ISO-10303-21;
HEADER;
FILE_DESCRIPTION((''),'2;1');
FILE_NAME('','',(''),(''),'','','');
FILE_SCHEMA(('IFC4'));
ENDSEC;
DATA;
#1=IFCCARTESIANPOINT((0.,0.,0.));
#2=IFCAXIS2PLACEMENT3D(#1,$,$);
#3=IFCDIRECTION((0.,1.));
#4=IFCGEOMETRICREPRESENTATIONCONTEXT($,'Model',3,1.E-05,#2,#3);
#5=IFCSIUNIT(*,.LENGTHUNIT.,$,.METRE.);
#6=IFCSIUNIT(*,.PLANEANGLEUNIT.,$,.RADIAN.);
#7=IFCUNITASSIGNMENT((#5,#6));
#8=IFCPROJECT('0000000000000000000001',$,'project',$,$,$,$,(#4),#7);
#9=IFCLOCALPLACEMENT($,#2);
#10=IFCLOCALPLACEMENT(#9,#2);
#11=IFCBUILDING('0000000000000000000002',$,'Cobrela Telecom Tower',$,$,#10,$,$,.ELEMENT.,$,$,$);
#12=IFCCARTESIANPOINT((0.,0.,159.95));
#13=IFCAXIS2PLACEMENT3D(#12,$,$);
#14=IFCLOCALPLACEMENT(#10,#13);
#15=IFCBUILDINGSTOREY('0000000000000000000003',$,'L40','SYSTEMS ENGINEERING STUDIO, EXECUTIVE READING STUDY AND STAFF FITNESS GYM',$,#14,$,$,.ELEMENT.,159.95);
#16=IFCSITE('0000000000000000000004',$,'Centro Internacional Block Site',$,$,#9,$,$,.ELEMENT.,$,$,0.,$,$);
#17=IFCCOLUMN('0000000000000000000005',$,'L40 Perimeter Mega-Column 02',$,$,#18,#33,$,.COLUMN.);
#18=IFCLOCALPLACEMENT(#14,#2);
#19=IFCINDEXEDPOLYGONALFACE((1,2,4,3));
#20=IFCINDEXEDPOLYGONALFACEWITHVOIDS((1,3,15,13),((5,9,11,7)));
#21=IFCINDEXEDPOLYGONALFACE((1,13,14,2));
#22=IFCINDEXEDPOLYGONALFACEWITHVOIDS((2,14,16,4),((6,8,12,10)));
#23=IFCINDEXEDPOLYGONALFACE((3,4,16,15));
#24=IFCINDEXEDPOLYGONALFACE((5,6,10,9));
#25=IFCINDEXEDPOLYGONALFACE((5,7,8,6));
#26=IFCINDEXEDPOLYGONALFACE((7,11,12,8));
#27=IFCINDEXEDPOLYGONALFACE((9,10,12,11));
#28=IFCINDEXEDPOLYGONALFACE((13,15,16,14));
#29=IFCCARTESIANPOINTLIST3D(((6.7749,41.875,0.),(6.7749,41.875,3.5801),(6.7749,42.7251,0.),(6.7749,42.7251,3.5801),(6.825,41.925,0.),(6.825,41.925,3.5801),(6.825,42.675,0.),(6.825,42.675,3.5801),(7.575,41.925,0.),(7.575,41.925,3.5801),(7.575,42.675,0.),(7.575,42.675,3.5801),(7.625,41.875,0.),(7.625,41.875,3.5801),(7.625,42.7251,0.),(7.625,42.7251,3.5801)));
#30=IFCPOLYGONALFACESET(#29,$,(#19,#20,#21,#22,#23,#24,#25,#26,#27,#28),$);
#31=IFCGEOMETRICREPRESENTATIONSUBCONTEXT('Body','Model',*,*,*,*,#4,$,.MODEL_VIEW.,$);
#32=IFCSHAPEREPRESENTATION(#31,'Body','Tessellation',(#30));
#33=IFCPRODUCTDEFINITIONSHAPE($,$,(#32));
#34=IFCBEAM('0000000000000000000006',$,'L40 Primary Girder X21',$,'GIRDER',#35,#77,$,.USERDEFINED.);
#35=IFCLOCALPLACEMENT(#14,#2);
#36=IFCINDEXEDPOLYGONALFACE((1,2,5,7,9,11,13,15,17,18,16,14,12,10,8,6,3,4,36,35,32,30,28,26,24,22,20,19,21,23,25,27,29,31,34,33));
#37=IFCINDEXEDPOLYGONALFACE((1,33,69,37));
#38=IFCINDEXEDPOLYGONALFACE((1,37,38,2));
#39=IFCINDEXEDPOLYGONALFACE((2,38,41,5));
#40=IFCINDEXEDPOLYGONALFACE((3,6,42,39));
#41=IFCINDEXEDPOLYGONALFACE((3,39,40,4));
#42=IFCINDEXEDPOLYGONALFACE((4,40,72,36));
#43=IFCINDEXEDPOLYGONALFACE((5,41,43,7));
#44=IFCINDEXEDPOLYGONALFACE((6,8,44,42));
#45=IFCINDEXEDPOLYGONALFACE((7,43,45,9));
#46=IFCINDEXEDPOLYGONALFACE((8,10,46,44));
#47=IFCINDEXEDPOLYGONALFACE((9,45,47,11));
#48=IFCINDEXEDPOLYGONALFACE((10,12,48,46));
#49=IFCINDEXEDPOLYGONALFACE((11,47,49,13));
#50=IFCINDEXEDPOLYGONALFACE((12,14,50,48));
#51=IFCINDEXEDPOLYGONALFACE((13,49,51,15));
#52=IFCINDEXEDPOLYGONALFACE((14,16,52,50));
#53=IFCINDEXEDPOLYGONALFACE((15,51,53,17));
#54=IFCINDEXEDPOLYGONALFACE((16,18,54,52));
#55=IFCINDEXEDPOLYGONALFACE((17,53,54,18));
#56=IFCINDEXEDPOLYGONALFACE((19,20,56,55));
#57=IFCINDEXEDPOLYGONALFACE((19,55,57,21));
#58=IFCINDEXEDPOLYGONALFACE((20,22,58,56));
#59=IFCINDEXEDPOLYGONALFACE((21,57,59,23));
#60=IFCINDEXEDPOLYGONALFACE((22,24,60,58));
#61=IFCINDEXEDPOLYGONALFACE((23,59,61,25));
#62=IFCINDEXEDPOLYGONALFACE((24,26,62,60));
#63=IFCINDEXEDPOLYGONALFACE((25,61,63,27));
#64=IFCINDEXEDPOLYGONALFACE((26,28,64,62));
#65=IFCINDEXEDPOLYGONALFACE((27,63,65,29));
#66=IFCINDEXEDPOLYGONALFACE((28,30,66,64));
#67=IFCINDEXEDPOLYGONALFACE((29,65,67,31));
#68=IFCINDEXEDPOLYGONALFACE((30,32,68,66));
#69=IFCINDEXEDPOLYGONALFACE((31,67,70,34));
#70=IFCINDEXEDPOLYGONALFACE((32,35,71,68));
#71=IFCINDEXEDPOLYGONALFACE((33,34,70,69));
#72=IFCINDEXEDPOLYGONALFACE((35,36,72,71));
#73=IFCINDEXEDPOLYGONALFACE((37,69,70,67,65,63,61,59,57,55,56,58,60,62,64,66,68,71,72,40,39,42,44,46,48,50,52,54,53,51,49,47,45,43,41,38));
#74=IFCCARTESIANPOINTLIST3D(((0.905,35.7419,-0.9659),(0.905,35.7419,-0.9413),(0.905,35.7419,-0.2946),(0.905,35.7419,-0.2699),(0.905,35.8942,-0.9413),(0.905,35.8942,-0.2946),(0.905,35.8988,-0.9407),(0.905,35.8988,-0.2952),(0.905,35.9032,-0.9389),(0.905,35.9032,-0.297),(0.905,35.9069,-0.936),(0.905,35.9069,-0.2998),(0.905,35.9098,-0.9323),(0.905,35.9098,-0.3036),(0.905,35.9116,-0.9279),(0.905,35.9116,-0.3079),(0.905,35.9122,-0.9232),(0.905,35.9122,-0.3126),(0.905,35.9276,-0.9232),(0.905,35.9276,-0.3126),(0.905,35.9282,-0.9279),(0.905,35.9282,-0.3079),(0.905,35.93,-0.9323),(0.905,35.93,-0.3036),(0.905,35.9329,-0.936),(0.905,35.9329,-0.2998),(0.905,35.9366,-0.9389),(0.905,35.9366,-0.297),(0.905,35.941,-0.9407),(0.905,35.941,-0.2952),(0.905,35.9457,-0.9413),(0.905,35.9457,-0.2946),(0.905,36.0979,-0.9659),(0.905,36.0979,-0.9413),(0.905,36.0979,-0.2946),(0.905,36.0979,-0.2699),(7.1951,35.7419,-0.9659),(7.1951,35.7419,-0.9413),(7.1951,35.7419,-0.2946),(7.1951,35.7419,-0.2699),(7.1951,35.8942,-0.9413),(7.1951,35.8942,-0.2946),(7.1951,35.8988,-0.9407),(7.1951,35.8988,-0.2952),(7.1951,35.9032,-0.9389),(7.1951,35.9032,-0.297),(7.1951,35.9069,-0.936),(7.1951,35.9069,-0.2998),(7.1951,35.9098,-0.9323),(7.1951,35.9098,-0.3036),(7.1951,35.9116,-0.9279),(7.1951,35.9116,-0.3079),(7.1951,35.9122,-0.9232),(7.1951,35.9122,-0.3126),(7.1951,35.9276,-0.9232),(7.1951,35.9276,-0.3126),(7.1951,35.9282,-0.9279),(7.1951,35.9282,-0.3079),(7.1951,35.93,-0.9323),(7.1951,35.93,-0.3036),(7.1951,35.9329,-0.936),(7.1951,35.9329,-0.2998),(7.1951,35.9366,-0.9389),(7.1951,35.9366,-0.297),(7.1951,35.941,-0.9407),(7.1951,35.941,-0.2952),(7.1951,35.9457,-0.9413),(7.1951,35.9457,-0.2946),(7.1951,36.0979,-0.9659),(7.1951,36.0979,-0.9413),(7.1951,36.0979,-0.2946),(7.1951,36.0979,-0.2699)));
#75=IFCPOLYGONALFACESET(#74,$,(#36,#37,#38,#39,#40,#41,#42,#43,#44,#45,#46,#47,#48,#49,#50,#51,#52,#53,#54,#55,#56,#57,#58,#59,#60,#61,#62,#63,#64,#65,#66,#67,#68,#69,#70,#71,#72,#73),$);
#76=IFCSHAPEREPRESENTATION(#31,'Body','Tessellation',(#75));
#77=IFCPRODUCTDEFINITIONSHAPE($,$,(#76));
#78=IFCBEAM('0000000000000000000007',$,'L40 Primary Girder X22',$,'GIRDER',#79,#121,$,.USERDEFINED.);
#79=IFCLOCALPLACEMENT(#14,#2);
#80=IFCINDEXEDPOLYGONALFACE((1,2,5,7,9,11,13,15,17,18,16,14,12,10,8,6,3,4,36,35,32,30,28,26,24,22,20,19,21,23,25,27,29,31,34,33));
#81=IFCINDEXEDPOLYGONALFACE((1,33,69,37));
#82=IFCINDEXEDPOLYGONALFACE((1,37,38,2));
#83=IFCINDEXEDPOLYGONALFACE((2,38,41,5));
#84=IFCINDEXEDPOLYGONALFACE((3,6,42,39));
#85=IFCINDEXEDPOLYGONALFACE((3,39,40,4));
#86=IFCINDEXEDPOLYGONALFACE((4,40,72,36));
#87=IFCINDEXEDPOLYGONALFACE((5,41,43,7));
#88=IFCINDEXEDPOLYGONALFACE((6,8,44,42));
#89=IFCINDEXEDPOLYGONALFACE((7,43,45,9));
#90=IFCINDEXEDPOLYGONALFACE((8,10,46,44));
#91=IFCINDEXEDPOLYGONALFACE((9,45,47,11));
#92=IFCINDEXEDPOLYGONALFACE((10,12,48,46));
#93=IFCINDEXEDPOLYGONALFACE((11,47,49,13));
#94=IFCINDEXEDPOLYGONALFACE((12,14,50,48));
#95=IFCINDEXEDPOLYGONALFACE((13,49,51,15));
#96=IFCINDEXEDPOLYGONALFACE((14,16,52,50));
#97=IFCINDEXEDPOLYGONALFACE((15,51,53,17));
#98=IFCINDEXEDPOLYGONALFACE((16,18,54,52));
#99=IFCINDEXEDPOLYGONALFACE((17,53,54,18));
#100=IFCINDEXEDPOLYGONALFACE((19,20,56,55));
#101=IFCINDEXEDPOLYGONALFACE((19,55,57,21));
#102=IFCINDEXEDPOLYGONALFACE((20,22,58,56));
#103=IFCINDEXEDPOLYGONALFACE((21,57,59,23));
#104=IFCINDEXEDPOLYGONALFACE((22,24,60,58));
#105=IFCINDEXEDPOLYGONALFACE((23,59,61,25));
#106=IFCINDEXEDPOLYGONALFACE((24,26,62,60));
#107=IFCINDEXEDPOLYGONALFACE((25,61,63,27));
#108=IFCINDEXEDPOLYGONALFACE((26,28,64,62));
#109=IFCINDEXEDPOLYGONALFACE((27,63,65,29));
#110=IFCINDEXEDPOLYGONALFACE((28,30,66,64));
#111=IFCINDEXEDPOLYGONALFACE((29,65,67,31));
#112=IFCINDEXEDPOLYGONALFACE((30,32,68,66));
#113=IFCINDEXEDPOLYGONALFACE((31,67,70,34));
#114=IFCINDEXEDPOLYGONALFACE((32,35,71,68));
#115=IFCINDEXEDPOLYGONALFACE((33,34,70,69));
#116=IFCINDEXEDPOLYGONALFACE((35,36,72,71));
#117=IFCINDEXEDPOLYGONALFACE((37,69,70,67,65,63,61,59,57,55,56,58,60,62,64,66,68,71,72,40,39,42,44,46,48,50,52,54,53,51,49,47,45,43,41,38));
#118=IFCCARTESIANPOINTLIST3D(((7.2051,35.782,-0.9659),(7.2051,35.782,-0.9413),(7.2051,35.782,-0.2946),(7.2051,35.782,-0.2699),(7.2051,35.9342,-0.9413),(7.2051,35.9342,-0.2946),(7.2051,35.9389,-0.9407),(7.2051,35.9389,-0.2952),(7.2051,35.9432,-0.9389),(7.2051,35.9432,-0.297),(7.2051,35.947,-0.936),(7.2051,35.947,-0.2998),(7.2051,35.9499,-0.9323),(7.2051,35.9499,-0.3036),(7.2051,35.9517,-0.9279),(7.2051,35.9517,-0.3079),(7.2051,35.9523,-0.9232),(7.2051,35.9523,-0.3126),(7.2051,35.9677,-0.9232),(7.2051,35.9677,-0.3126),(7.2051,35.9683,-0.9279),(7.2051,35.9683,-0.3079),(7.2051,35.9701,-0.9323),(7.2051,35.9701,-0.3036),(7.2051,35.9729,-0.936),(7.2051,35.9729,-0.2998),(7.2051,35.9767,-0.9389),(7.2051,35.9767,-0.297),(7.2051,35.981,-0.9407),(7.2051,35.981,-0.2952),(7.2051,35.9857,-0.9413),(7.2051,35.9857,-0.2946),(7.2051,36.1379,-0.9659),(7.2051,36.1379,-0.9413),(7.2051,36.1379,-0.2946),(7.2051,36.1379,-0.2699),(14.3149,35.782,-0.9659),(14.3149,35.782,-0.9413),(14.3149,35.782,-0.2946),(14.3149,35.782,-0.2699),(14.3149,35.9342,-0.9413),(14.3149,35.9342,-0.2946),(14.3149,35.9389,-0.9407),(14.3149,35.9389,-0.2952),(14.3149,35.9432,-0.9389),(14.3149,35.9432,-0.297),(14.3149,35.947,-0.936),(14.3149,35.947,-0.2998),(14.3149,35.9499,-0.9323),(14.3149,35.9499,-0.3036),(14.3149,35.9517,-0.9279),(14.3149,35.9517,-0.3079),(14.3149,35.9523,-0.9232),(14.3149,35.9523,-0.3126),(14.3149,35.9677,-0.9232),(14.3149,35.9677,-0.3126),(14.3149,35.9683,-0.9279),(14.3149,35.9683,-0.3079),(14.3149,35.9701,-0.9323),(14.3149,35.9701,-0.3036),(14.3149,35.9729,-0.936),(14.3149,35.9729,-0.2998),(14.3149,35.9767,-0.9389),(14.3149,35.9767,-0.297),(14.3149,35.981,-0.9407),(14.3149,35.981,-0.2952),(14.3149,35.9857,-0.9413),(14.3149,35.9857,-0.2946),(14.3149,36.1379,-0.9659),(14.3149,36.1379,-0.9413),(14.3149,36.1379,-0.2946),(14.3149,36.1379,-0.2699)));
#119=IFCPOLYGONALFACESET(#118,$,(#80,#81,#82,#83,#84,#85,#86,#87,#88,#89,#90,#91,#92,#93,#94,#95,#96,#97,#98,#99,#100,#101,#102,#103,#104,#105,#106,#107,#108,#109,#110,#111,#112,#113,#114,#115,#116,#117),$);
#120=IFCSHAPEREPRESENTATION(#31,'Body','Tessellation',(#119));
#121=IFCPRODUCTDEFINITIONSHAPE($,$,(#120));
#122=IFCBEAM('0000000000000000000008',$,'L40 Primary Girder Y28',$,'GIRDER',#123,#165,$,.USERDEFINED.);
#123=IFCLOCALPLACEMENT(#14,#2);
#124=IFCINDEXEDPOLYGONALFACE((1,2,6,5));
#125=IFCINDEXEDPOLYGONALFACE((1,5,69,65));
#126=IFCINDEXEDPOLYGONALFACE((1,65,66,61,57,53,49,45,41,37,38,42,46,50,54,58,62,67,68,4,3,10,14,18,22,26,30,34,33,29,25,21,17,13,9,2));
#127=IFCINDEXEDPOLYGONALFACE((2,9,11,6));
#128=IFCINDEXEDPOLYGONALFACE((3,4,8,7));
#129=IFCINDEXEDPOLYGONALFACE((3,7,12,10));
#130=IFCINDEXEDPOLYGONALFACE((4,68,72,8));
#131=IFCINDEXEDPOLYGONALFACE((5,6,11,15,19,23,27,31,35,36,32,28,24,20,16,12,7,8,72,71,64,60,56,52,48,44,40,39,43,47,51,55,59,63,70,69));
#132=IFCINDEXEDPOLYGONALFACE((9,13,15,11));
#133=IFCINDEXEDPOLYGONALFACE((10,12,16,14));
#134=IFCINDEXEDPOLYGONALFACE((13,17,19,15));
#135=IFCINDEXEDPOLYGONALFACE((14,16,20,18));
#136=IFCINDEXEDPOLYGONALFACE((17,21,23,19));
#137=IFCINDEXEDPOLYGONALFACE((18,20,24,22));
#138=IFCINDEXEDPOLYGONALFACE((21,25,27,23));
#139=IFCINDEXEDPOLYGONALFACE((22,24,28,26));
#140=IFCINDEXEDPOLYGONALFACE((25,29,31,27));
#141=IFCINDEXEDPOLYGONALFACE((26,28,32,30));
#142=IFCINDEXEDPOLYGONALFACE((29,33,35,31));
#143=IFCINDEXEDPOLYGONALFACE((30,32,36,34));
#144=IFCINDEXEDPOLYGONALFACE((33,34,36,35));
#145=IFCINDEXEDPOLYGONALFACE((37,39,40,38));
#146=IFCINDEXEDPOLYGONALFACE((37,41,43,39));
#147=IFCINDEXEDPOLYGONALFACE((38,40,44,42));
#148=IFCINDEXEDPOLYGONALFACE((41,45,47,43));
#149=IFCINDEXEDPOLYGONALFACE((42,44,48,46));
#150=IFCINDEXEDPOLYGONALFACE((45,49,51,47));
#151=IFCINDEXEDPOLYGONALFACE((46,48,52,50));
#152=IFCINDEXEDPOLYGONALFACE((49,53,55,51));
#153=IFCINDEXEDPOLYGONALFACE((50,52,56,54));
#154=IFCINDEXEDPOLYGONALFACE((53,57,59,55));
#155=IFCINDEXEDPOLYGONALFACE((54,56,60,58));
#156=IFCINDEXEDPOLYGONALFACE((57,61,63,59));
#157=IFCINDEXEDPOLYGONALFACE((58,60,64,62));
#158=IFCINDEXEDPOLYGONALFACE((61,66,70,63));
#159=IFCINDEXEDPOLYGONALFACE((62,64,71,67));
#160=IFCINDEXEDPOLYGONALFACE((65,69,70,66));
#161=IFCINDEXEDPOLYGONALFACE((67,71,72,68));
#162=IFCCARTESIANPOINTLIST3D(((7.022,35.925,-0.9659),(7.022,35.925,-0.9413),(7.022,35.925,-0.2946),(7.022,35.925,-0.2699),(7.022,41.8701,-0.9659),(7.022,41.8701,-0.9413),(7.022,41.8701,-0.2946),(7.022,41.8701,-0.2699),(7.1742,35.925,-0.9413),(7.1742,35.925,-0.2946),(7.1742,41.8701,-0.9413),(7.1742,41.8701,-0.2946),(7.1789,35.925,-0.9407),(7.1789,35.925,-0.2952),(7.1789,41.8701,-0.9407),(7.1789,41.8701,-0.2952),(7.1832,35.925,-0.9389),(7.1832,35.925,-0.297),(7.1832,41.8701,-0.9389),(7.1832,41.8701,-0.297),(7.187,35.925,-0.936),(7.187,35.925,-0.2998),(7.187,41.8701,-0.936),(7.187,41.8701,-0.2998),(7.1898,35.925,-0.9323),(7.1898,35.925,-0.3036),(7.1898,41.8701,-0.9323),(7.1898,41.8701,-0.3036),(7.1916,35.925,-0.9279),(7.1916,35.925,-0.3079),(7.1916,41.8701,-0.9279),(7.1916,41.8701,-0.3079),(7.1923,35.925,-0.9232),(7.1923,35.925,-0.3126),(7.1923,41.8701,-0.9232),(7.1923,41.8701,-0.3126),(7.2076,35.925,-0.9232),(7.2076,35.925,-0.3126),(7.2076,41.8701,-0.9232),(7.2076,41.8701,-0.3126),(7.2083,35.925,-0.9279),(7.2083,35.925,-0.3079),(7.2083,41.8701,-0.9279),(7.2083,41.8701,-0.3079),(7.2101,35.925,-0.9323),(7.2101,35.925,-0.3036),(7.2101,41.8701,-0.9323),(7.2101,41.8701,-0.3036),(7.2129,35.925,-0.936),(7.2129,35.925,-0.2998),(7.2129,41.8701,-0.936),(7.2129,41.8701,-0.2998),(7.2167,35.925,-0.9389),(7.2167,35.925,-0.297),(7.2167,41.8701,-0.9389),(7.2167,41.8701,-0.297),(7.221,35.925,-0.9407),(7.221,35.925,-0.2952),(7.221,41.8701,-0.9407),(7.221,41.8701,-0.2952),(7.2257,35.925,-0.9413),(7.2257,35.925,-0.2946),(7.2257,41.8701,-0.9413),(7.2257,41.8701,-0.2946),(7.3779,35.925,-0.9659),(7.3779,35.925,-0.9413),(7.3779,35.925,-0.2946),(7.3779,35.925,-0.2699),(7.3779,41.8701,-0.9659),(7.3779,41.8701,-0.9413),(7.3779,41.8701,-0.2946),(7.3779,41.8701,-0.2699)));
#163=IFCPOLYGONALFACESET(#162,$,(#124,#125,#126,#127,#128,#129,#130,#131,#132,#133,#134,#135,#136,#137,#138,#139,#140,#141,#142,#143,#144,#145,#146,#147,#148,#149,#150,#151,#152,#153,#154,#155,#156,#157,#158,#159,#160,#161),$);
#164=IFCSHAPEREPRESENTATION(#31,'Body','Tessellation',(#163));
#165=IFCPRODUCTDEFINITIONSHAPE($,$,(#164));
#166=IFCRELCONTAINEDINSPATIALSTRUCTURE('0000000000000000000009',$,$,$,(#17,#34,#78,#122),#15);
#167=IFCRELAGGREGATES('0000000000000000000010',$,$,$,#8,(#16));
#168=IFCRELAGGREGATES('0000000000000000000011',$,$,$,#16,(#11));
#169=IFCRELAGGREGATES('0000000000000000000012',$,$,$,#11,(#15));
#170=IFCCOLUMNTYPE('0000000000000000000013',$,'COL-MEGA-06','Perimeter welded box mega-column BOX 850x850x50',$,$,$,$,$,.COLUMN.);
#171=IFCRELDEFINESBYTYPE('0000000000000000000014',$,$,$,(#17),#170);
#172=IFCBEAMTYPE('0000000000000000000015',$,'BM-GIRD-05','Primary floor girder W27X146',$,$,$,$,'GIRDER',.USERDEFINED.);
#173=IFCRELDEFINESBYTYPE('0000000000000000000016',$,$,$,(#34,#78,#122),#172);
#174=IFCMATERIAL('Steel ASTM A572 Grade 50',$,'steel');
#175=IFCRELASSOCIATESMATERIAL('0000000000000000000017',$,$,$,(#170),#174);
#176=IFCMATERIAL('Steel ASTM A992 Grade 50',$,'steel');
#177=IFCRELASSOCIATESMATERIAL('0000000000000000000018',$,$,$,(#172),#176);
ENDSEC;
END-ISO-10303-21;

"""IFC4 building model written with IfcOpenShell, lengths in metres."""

from ifc_helpers import new_model, si_unit, direction, frame, origin, origin_2d, place, context, subcontext, project, spatial, hollow_rectangle, i_section, extrude, material, material_profile, profile_set, type_object, element, save


model = new_model("IFC4")

# Units and contexts
model_context = context("Model", 3, precision=1e-05, world=origin(), true_north=direction((0.0, 1.0)))
body_context = subcontext(model_context, "Body", "Model", "MODEL_VIEW")
ifc_project = project(units=[si_unit("LENGTHUNIT", "METRE"), si_unit("PLANEANGLEUNIT", "RADIAN")], contexts=[model_context])

# Site, building, storey
site_placement = place(None, origin())
site = spatial("IfcSite", under=ifc_project, at=site_placement, Name="Centro Internacional Block Site", CompositionType="ELEMENT", RefElevation=0.0)
building_placement = place(site_placement, origin())
building = spatial("IfcBuilding", under=site, at=building_placement, Name="Cobrela Telecom Tower", CompositionType="ELEMENT")
storey_placement = place(building_placement, frame((0.0, 0.0, 159.95)))
storey = spatial("IfcBuildingStorey", under=building, at=storey_placement, Name="L40", Description="SYSTEMS ENGINEERING STUDIO, EXECUTIVE READING STUDY AND STAFF FITNESS GYM", CompositionType="ELEMENT", Elevation=159.95)

# Column
ifc_material_1 = material(Name="Steel ASTM A572 Grade 50", Category="steel")
ifc_material_profile_1 = material_profile(ifc_material_1, hollow_rectangle(XDim=0.8501, YDim=0.8501, WallThickness=0.05, at=origin_2d()), Name="BOX 850x850x50")
ifc_profile_set_1 = profile_set([ifc_material_profile_1], Name="Steel ASTM A572 Grade 50")
column_type = type_object("IfcColumnType", Name="COL-MEGA-06", Description="Perimeter welded box mega-column BOX 850x850x50", PredefinedType="COLUMN", material=ifc_profile_set_1)
column_placement = place(storey_placement, frame((7.2, 42.3, 0.0), z_axis=(0.0, 0.0, 1.0), x_axis=(1.0, 0.0, 0.0)))
element("IfcColumn", 1, at=column_placement, inside=storey, type_object=column_type, Name="L40 Perimeter Mega-Column 02", PredefinedType="COLUMN", context=body_context, shape_type="SweptSolid", body=[
    extrude(hollow_rectangle(XDim=0.8501, YDim=0.8501, WallThickness=0.05, at=origin_2d()), origin(), (0.0, 0.0, 1.0), 3.5801),
])

# Beams
ifc_material_2 = material(Name="Steel ASTM A992 Grade 50", Category="steel")
ifc_material_profile_2 = material_profile(ifc_material_2, i_section(OverallWidth=0.356, OverallDepth=0.696, WebThickness=0.0154, FlangeThickness=0.0247, FilletRadius=0.0181, at=origin_2d()), Name="W27X146")
ifc_profile_set_2 = profile_set([ifc_material_profile_2], Name="Steel ASTM A992 Grade 50")
beam_type_1 = type_object("IfcBeamType", Name="BM-GIRD-05", Description="Primary floor girder W27X146", ElementType="GIRDER", PredefinedType="USERDEFINED", material=ifc_profile_set_2)
beam_1_placement = place(storey_placement, frame((0.905, 35.9199, -0.6179), z_axis=(1.0, 0.0, 0.0), x_axis=(0.0, 1.0, 0.0)))
element("IfcBeam", 2, at=beam_1_placement, inside=storey, type_object=beam_type_1, Name="L40 Primary Girder X21", ObjectType="GIRDER", PredefinedType="USERDEFINED", context=body_context, shape_type="SweptSolid", body=[
    extrude(i_section(OverallWidth=0.356, OverallDepth=0.696, WebThickness=0.0154, FlangeThickness=0.0247, FilletRadius=0.0181, at=origin_2d()), origin(), (0.0, 0.0, 1.0), 6.29),
])
beam_2_placement = place(storey_placement, frame((7.2051, 35.96, -0.6179), z_axis=(1.0, 0.0, 0.0), x_axis=(0.0, 1.0, 0.0)))
element("IfcBeam", 3, at=beam_2_placement, inside=storey, type_object=beam_type_1, Name="L40 Primary Girder X22", ObjectType="GIRDER", PredefinedType="USERDEFINED", context=body_context, shape_type="SweptSolid", body=[
    extrude(i_section(OverallWidth=0.356, OverallDepth=0.696, WebThickness=0.0154, FlangeThickness=0.0247, FilletRadius=0.0181, at=origin_2d()), origin(), (0.0, 0.0, 1.0), 7.1099),
])
beam_3_placement = place(storey_placement, frame((7.2, 35.925, -0.6179), z_axis=(0.0, 1.0, 0.0), x_axis=(-1.0, 0.0, 0.0)))
element("IfcBeam", 4, at=beam_3_placement, inside=storey, type_object=beam_type_1, Name="L40 Primary Girder Y28", ObjectType="GIRDER", PredefinedType="USERDEFINED", context=body_context, shape_type="SweptSolid", body=[
    extrude(i_section(OverallWidth=0.356, OverallDepth=0.696, WebThickness=0.0154, FlangeThickness=0.0247, FilletRadius=0.0181, at=origin_2d()), origin(), (0.0, 0.0, 1.0), 5.9451),
])

save(model, "model.ifc")
